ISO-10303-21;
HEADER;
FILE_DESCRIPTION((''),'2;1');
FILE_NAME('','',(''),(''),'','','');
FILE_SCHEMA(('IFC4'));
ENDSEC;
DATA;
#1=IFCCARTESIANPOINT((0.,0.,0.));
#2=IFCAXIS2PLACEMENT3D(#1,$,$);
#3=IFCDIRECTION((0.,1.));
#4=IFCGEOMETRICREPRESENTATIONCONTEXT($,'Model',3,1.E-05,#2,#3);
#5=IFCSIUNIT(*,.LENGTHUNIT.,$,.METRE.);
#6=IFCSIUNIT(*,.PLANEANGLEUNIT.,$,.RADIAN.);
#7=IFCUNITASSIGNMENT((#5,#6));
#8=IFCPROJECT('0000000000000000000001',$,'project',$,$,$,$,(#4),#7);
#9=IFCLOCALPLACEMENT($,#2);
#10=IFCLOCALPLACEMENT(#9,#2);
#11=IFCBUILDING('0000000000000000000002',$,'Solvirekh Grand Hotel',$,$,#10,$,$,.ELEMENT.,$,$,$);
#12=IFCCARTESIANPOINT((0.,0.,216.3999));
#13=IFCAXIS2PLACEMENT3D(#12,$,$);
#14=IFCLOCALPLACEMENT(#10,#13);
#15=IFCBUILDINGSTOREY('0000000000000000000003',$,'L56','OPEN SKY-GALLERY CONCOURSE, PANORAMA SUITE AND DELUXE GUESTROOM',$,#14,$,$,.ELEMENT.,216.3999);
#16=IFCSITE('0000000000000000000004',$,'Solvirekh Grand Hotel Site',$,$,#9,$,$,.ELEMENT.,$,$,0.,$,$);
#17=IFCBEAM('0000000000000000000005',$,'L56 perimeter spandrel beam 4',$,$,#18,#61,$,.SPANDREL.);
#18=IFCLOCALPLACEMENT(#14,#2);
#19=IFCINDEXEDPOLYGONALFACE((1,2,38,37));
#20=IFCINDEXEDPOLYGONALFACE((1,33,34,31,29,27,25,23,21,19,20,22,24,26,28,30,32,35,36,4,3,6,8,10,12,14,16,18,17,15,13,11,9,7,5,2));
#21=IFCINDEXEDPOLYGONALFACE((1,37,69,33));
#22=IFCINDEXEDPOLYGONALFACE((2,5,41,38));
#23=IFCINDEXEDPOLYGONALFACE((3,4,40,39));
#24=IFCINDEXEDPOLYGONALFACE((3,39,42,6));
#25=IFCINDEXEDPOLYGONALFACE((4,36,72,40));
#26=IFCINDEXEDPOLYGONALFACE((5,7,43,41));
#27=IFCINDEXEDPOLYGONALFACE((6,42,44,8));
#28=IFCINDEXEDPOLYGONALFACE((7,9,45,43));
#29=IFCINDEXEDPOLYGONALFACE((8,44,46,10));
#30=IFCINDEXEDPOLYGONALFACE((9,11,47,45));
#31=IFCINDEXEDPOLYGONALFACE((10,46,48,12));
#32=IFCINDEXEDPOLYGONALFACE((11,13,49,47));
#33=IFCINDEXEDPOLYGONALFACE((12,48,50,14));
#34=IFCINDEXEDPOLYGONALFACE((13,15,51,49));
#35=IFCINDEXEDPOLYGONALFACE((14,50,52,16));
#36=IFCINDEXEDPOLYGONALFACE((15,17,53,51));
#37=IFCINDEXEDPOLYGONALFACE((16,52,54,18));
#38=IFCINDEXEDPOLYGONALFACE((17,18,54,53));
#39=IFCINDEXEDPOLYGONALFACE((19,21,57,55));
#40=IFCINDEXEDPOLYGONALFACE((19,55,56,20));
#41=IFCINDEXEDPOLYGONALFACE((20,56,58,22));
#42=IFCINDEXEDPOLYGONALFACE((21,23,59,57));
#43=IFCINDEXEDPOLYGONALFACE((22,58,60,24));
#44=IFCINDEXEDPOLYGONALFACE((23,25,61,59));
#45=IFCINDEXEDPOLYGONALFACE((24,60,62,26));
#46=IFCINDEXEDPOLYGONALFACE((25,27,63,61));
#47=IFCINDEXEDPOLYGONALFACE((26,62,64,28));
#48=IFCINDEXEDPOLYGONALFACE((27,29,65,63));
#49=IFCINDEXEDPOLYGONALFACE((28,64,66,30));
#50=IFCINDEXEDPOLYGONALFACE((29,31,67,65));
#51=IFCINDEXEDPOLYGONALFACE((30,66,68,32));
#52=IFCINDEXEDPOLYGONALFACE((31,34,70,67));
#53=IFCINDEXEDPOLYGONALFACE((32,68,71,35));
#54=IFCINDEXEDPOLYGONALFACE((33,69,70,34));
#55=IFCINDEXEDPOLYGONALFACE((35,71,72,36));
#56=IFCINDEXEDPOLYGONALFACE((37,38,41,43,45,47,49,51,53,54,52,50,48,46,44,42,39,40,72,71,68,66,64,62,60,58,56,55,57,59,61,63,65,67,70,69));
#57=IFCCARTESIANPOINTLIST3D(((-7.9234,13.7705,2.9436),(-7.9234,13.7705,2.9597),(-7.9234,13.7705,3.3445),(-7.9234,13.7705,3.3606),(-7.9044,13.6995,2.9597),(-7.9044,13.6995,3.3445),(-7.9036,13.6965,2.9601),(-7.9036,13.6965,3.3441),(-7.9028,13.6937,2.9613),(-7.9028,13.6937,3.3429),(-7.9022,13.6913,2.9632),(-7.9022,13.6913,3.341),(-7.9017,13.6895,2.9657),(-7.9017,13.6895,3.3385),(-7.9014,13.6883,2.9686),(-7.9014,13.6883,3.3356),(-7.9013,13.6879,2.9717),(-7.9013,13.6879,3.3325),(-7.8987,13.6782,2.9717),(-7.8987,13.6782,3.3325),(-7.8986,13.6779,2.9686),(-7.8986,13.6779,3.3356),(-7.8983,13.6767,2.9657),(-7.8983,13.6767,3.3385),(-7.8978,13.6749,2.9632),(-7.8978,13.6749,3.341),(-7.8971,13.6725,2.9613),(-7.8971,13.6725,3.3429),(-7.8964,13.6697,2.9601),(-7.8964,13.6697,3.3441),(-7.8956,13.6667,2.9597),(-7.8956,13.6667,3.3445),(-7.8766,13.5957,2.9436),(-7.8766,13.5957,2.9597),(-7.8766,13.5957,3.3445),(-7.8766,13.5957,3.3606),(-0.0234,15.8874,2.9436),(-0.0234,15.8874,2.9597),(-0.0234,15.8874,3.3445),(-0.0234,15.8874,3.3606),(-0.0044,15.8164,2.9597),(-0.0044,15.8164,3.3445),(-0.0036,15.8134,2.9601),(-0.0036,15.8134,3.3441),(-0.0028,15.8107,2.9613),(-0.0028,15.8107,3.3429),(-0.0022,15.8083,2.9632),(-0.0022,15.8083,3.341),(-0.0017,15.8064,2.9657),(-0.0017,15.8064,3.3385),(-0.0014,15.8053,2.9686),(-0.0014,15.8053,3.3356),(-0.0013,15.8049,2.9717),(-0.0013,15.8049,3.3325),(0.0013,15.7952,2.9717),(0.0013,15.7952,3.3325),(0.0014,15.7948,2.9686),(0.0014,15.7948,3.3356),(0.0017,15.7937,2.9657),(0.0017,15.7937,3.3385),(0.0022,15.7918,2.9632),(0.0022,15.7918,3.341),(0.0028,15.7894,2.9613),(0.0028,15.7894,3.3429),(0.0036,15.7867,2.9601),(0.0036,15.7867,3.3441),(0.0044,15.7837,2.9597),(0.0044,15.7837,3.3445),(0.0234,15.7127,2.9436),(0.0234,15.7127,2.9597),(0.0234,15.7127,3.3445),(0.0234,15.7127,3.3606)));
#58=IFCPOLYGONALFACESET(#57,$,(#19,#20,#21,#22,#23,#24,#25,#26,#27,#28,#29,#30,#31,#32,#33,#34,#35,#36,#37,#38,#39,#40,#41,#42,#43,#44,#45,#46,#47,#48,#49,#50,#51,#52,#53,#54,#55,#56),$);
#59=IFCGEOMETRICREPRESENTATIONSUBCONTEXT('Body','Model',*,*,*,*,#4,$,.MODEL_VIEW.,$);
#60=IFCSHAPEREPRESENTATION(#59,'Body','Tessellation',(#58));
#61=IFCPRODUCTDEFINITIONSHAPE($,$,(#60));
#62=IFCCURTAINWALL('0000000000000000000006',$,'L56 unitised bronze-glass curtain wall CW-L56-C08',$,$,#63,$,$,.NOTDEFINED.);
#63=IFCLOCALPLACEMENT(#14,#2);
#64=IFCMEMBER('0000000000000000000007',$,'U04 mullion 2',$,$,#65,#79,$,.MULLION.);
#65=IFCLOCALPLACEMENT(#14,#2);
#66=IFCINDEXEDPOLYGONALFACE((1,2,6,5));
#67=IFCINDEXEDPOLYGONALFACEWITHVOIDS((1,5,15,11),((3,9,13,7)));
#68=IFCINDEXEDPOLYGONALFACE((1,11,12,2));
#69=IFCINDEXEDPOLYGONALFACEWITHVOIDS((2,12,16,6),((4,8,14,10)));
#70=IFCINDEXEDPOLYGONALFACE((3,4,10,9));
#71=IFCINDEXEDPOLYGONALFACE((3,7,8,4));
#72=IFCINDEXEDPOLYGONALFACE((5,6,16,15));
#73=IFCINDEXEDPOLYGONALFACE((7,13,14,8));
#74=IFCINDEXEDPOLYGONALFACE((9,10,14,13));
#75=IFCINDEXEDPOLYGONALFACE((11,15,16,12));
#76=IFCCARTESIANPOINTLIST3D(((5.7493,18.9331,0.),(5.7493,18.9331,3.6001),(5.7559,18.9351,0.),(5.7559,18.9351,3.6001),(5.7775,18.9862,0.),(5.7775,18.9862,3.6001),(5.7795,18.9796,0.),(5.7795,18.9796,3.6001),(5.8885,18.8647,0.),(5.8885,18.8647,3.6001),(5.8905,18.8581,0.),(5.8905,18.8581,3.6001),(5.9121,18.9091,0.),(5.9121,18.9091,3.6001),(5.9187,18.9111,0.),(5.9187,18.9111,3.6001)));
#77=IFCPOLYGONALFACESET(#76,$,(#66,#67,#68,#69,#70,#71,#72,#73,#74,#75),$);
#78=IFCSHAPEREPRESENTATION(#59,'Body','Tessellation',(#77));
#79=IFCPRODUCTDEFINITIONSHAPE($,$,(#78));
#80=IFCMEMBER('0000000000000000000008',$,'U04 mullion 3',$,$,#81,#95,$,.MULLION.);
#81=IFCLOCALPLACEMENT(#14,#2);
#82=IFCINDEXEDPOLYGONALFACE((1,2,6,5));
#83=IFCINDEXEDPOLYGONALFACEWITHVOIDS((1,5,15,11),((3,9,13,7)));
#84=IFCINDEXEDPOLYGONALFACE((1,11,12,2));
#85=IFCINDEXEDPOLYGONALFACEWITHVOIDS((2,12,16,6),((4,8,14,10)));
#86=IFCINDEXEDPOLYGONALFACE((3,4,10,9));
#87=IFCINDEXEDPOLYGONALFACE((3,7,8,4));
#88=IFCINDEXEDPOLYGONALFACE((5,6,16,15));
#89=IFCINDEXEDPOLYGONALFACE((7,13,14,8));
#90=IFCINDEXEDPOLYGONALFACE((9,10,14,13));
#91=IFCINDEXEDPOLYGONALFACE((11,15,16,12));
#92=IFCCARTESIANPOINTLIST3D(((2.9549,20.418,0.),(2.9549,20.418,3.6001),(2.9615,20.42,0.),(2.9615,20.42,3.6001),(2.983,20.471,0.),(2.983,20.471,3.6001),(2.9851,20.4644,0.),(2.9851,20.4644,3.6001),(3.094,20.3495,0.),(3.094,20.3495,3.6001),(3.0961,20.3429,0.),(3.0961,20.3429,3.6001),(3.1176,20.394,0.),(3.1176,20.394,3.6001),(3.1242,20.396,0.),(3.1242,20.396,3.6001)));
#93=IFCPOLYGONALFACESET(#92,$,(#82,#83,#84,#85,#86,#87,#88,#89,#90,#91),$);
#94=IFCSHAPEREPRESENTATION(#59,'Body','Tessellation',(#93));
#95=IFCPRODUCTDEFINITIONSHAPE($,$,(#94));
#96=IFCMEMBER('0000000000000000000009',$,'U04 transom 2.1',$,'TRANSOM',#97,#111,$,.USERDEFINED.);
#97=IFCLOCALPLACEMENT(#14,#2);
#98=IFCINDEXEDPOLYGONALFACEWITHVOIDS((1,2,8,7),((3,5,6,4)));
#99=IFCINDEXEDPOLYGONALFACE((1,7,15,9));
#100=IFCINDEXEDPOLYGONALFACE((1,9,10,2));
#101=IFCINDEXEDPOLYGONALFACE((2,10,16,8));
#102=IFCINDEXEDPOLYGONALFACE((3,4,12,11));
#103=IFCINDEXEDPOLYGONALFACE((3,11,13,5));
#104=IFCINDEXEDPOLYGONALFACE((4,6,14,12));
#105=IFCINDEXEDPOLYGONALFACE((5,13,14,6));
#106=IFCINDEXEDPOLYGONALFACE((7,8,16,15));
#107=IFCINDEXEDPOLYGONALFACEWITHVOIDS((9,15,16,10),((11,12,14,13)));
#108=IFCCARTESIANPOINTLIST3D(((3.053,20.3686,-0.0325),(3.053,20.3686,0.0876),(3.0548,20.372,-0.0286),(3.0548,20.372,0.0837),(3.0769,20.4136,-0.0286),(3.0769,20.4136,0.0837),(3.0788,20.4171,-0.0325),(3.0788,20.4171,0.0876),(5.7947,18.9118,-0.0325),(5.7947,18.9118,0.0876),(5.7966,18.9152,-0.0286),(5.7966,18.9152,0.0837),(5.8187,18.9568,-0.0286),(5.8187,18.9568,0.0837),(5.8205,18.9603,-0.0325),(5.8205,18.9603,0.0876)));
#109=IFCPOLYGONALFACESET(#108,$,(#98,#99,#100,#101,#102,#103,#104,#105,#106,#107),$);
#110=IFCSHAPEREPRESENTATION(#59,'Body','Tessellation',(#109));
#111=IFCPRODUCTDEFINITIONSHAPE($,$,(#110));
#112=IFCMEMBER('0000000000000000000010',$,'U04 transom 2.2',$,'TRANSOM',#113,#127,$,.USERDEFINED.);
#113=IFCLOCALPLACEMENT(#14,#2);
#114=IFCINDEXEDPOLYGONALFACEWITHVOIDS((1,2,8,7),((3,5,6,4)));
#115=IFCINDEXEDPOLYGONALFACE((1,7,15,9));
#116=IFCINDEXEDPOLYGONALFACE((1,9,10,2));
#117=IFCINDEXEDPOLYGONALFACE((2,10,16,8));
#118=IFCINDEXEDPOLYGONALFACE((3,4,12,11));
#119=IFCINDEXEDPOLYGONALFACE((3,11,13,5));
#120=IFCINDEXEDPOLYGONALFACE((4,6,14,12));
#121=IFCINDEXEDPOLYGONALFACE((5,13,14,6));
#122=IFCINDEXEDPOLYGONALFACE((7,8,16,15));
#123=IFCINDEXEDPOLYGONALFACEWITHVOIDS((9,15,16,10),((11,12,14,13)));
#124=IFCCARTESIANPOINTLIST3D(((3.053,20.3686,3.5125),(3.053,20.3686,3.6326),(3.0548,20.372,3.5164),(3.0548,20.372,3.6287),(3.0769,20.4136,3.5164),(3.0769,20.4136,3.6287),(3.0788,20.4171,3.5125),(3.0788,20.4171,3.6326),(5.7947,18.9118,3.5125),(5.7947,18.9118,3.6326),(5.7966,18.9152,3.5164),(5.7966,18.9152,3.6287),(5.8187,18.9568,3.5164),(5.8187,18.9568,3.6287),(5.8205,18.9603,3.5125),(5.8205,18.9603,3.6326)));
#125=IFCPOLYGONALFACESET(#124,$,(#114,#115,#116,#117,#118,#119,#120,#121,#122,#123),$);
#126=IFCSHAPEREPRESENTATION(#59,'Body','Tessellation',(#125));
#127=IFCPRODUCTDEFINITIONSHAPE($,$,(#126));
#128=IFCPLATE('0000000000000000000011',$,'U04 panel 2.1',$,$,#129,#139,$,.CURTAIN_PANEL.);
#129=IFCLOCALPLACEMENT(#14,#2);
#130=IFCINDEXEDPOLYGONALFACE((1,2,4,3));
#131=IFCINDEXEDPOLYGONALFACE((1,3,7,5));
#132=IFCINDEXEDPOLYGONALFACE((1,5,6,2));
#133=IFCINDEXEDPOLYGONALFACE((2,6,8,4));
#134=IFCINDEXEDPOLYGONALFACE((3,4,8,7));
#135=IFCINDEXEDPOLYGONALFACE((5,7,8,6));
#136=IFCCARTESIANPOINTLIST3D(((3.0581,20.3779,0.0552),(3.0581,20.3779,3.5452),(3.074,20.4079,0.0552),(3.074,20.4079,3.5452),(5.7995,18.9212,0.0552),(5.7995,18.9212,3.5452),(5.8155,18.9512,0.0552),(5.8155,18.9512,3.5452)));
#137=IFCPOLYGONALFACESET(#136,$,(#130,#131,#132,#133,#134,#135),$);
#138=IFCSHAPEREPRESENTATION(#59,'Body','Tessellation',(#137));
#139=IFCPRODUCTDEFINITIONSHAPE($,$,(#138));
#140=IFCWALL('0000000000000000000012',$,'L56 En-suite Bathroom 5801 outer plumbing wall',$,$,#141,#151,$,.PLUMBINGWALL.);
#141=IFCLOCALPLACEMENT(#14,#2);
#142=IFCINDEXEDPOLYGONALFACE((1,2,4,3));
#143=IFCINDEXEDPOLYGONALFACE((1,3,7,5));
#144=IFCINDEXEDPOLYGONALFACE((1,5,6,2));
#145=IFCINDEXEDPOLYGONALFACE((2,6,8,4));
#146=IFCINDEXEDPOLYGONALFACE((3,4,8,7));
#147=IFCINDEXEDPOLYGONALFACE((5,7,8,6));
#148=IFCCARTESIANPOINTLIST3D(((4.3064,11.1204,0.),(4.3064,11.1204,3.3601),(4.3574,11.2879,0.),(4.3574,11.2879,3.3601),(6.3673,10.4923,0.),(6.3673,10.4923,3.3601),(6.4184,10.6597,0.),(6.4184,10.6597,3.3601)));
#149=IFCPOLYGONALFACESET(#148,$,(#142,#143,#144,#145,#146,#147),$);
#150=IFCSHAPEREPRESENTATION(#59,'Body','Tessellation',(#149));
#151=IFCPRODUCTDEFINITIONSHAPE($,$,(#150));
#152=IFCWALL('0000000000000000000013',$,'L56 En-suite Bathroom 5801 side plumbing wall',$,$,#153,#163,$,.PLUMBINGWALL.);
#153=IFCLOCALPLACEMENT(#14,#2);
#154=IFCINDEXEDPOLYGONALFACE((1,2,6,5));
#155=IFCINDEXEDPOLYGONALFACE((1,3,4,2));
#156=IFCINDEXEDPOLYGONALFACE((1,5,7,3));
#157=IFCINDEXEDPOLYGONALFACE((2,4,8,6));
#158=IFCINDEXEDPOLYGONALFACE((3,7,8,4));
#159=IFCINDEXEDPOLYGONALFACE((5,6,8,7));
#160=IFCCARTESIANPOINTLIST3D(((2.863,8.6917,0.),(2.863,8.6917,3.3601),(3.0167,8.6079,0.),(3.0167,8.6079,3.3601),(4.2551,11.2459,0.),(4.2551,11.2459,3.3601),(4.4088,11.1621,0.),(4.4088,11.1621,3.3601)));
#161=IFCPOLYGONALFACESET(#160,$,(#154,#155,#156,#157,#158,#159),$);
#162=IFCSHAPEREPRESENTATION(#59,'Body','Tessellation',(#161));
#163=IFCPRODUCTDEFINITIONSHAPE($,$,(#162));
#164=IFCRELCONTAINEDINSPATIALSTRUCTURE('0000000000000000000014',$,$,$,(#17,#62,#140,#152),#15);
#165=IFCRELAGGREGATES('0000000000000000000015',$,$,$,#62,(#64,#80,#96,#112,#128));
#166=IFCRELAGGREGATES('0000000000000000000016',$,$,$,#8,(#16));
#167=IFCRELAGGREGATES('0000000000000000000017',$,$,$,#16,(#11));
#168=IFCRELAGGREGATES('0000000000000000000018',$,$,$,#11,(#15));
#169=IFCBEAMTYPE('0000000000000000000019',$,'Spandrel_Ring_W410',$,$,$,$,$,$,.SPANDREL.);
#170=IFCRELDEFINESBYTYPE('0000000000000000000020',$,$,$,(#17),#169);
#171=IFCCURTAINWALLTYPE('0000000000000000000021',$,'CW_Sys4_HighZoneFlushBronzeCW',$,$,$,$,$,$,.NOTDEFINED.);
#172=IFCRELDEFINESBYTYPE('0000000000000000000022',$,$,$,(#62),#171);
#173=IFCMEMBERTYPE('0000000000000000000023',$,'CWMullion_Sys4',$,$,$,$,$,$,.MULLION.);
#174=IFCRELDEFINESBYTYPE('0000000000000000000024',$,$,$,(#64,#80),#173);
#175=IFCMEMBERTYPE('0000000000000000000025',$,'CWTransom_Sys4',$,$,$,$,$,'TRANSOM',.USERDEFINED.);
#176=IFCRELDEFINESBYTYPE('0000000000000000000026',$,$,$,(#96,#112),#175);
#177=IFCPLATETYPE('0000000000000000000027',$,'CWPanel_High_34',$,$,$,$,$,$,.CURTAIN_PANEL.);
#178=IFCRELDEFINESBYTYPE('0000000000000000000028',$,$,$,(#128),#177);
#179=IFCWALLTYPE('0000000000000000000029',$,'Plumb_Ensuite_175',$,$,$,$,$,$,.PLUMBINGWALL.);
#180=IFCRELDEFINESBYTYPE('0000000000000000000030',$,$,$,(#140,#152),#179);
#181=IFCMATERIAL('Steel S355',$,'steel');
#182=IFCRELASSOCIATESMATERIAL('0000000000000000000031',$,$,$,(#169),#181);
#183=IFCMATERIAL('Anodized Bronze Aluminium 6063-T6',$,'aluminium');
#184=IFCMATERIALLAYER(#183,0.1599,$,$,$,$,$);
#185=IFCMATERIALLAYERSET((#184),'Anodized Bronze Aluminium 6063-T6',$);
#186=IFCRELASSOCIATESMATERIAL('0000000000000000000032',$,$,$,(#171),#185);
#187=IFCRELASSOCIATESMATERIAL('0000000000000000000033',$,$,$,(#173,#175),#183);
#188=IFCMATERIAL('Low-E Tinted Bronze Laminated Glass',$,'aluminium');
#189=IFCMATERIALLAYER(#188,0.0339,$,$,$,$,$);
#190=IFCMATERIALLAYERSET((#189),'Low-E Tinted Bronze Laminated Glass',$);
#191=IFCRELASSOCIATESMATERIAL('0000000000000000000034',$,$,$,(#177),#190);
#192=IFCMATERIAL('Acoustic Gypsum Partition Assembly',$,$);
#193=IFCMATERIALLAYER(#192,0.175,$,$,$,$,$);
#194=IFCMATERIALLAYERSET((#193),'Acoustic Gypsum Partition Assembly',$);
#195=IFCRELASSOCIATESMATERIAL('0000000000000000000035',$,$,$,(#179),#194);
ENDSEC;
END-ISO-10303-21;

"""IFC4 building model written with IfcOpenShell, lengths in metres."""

from ifc_helpers import new_model, si_unit, direction, frame, frame_2d, origin, origin_2d, place, context, subcontext, project, spatial, rectangle, hollow_rectangle, i_section, extrude, source, transform, mapped, material, layer, layer_set, material_profile, profile_set, type_object, element, aggregate, save


model = new_model("IFC4")

# Units and contexts
model_context = context("Model", 3, precision=1e-05, world=origin(), true_north=direction((0.0, 1.0)))
body_context = subcontext(model_context, "Body", "Model", "MODEL_VIEW")
ifc_project = project(units=[si_unit("LENGTHUNIT", "METRE"), si_unit("PLANEANGLEUNIT", "RADIAN")], contexts=[model_context])

# Site, building, storey
site_placement = place(None, origin())
site = spatial("IfcSite", under=ifc_project, at=site_placement, Name="Solvirekh Grand Hotel Site", CompositionType="ELEMENT", RefElevation=0.0)
building_placement = place(site_placement, origin())
building = spatial("IfcBuilding", under=site, at=building_placement, Name="Solvirekh Grand Hotel", CompositionType="ELEMENT")
storey_placement = place(building_placement, frame((0.0, 0.0, 216.3999)))
storey = spatial("IfcBuildingStorey", under=building, at=storey_placement, Name="L56", Description="OPEN SKY-GALLERY CONCOURSE, PANORAMA SUITE AND DELUXE GUESTROOM", CompositionType="ELEMENT", Elevation=216.3999)

# Beam
ifc_material_1 = material(Name="Steel S355", Category="steel")
ifc_material_profile_1 = material_profile(ifc_material_1, i_section(OverallWidth=0.1809, OverallDepth=0.417, WebThickness=0.01, FlangeThickness=0.0161, FilletRadius=0.012, at=origin_2d()), Name="W410X85")
ifc_profile_set_1 = profile_set([ifc_material_profile_1], Name="Steel S355")
beam_type_1 = type_object("IfcBeamType", Name="Spandrel_Ring_W410", PredefinedType="SPANDREL", material=ifc_profile_set_1)
beam_1_placement = place(storey_placement, frame((0.0, 15.8, 3.1521), z_axis=(-0.965921, -0.258839, 0.0), x_axis=(0.258839, -0.965921, 0.0)))
element("IfcBeam", 1, at=beam_1_placement, inside=storey, type_object=beam_type_1, Name="L56 perimeter spandrel beam 4", PredefinedType="SPANDREL", context=body_context, shape_type="SweptSolid", body=[
    extrude(i_section(OverallWidth=0.1809, OverallDepth=0.417, WebThickness=0.01, FlangeThickness=0.0161, FilletRadius=0.012, at=origin_2d()), origin(), (0.0, 0.0, 1.0), 8.1787),
])

# Curtain wall, members, plate
ifc_material_2 = material(Name="Anodized Bronze Aluminium 6063-T6", Category="aluminium")
ifc_layer_1 = layer(ifc_material_2, 0.1599)
ifc_layer_set_1 = layer_set([ifc_layer_1], Name="Anodized Bronze Aluminium 6063-T6")
curtain_wall_type = type_object("IfcCurtainWallType", Name="CW_Sys4_HighZoneFlushBronzeCW", PredefinedType="NOTDEFINED", material=ifc_layer_set_1)
curtain_wall_placement = place(storey_placement, origin())
curtain_wall = element("IfcCurtainWall", 2, at=curtain_wall_placement, inside=storey, type_object=curtain_wall_type, Name="L56 unitised bronze-glass curtain wall CW-L56-C08", PredefinedType="NOTDEFINED")
ifc_material_profile_2 = material_profile(ifc_material_2, hollow_rectangle(XDim=0.0601, YDim=0.1599, WallThickness=0.0049, at=origin_2d()), Name="ALU RHS 160X60X5")
ifc_profile_set_2 = profile_set([ifc_material_profile_2], Name="Anodized Bronze Aluminium 6063-T6")
member_type_1 = type_object("IfcMemberType", Name="CWMullion_Sys4", PredefinedType="MULLION", material=ifc_profile_set_2)
shared_shape_1 = source(origin(), body_context, "Body", "SweptSolid", [
    extrude(hollow_rectangle(XDim=0.0601, YDim=0.1599, WallThickness=0.0049, at=origin_2d()), origin(), (0.0, 0.0, 1.0), 3.6001),
])
member_1_placement = place(storey_placement, frame((5.834, 18.9221, 0.0), z_axis=(0.0, 0.0, 1.0), x_axis=(-0.469239, -0.883071, 0.0)))
member_1 = element("IfcMember", 3, at=member_1_placement, type_object=member_type_1, Name="U04 mullion 2", PredefinedType="MULLION", context=body_context, shape_type="MappedRepresentation", body=[
    mapped(shared_shape_1, transform((0.0, 0.0, 0.0), x_axis=(1.0, 0.0, 0.0), y_axis=(0.0, 1.0, 0.0), z_axis=(0.0, 0.0, 1.0), scale=1.0)),
])
member_2_placement = place(storey_placement, frame((3.0396, 20.407, 0.0), z_axis=(0.0, 0.0, 1.0), x_axis=(-0.469239, -0.883071, 0.0)))
member_2 = element("IfcMember", 4, at=member_2_placement, type_object=member_type_1, Name="U04 mullion 3", PredefinedType="MULLION", context=body_context, shape_type="MappedRepresentation", body=[
    mapped(shared_shape_1, transform((0.0, 0.0, 0.0), x_axis=(1.0, 0.0, 0.0), y_axis=(0.0, 1.0, 0.0), z_axis=(0.0, 0.0, 1.0), scale=1.0)),
])
ifc_material_profile_3 = material_profile(ifc_material_2, hollow_rectangle(XDim=0.0549, YDim=0.1201, WallThickness=0.0039, at=origin_2d()), Name="ALU RHS 120X55X4")
ifc_profile_set_3 = profile_set([ifc_material_profile_3], Name="Anodized Bronze Aluminium 6063-T6")
member_type_2 = type_object("IfcMemberType", Name="CWTransom_Sys4", ElementType="TRANSOM", PredefinedType="USERDEFINED", material=ifc_profile_set_3)
shared_shape_2 = source(origin(), body_context, "Body", "SweptSolid", [
    extrude(hollow_rectangle(XDim=0.0549, YDim=0.1201, WallThickness=0.0039, at=origin_2d()), origin(), (0.0, 0.0, 1.0), 3.1047),
])
member_3_placement = place(storey_placement, frame((5.8076, 18.936, 0.0276), z_axis=(-0.883081, 0.46922, 0.0), x_axis=(-0.46922, -0.883081, 0.0)))
member_3 = element("IfcMember", 5, at=member_3_placement, type_object=member_type_2, Name="U04 transom 2.1", ObjectType="TRANSOM", PredefinedType="USERDEFINED", context=body_context, shape_type="MappedRepresentation", body=[
    mapped(shared_shape_2, transform((0.0, 0.0, 0.0), x_axis=(1.0, 0.0, 0.0), y_axis=(0.0, 1.0, 0.0), z_axis=(0.0, 0.0, 1.0), scale=1.0)),
])
member_4_placement = place(storey_placement, frame((5.8076, 18.936, 3.5725), z_axis=(-0.883081, 0.46922, 0.0), x_axis=(-0.46922, -0.883081, 0.0)))
member_4 = element("IfcMember", 6, at=member_4_placement, type_object=member_type_2, Name="U04 transom 2.2", ObjectType="TRANSOM", PredefinedType="USERDEFINED", context=body_context, shape_type="MappedRepresentation", body=[
    mapped(shared_shape_2, transform((0.0, 0.0, 0.0), x_axis=(1.0, 0.0, 0.0), y_axis=(0.0, 1.0, 0.0), z_axis=(0.0, 0.0, 1.0), scale=1.0)),
])
ifc_material_3 = material(Name="Low-E Tinted Bronze Laminated Glass", Category="aluminium")
ifc_layer_2 = layer(ifc_material_3, 0.0339)
ifc_layer_set_2 = layer_set([ifc_layer_2], Name="Low-E Tinted Bronze Laminated Glass")
plate_type = type_object("IfcPlateType", Name="CWPanel_High_34", PredefinedType="CURTAIN_PANEL", material=ifc_layer_set_2)
shared_shape_3 = source(origin(), body_context, "Body", "SweptSolid", [
    extrude(rectangle(XDim=3.1045, YDim=0.0339, at=origin_2d()), origin(), (0.0, 0.0, 1.0), 3.49),
])
plate_placement = place(storey_placement, frame((4.4368, 19.6646, 0.0552), z_axis=(0.0, 0.0, 1.0), x_axis=(-0.883071, 0.469239, 0.0)))
plate = element("IfcPlate", 7, at=plate_placement, type_object=plate_type, Name="U04 panel 2.1", PredefinedType="CURTAIN_PANEL", context=body_context, shape_type="MappedRepresentation", body=[
    mapped(shared_shape_3, transform((0.0, 0.0, 0.0), x_axis=(1.0, 0.0, 0.0), y_axis=(0.0, 1.0, 0.0), z_axis=(0.0, 0.0, 1.0), scale=1.0)),
])
aggregate(curtain_wall, [member_1, member_2, member_3, member_4, plate])

# Walls
ifc_material_4 = material(Name="Acoustic Gypsum Partition Assembly")
ifc_layer_3 = layer(ifc_material_4, 0.175)
ifc_layer_set_3 = layer_set([ifc_layer_3], Name="Acoustic Gypsum Partition Assembly")
wall_type = type_object("IfcWallType", Name="Plumb_Ensuite_175", PredefinedType="PLUMBINGWALL", material=ifc_layer_set_3)
wall_1_placement = place(storey_placement, frame((4.332, 11.2041, 0.0), z_axis=(0.0, 0.0, 1.0), x_axis=(0.956557, -0.291545, 0.0)))
element("IfcWall", 8, at=wall_1_placement, inside=storey, type_object=wall_type, Name="L56 En-suite Bathroom 5801 outer plumbing wall", PredefinedType="PLUMBINGWALL", context=body_context, shape_type="SweptSolid", body=[
    extrude(rectangle(XDim=2.1545, YDim=0.175, at=frame_2d((1.0771, 0.0))), origin(), (0.0, 0.0, 1.0), 3.3601),
])
wall_2_placement = place(storey_placement, frame((4.332, 11.2041, 0.0), z_axis=(0.0, 0.0, 1.0), x_axis=(-0.478558, -0.878056, 0.0)))
element("IfcWall", 9, at=wall_2_placement, inside=storey, type_object=wall_type, Name="L56 En-suite Bathroom 5801 side plumbing wall", PredefinedType="PLUMBINGWALL", context=body_context, shape_type="SweptSolid", body=[
    extrude(rectangle(XDim=2.9089, YDim=0.175, at=frame_2d((1.4546, 0.0))), origin(), (0.0, 0.0, 1.0), 3.3601),
])

save(model, "model.ifc")
